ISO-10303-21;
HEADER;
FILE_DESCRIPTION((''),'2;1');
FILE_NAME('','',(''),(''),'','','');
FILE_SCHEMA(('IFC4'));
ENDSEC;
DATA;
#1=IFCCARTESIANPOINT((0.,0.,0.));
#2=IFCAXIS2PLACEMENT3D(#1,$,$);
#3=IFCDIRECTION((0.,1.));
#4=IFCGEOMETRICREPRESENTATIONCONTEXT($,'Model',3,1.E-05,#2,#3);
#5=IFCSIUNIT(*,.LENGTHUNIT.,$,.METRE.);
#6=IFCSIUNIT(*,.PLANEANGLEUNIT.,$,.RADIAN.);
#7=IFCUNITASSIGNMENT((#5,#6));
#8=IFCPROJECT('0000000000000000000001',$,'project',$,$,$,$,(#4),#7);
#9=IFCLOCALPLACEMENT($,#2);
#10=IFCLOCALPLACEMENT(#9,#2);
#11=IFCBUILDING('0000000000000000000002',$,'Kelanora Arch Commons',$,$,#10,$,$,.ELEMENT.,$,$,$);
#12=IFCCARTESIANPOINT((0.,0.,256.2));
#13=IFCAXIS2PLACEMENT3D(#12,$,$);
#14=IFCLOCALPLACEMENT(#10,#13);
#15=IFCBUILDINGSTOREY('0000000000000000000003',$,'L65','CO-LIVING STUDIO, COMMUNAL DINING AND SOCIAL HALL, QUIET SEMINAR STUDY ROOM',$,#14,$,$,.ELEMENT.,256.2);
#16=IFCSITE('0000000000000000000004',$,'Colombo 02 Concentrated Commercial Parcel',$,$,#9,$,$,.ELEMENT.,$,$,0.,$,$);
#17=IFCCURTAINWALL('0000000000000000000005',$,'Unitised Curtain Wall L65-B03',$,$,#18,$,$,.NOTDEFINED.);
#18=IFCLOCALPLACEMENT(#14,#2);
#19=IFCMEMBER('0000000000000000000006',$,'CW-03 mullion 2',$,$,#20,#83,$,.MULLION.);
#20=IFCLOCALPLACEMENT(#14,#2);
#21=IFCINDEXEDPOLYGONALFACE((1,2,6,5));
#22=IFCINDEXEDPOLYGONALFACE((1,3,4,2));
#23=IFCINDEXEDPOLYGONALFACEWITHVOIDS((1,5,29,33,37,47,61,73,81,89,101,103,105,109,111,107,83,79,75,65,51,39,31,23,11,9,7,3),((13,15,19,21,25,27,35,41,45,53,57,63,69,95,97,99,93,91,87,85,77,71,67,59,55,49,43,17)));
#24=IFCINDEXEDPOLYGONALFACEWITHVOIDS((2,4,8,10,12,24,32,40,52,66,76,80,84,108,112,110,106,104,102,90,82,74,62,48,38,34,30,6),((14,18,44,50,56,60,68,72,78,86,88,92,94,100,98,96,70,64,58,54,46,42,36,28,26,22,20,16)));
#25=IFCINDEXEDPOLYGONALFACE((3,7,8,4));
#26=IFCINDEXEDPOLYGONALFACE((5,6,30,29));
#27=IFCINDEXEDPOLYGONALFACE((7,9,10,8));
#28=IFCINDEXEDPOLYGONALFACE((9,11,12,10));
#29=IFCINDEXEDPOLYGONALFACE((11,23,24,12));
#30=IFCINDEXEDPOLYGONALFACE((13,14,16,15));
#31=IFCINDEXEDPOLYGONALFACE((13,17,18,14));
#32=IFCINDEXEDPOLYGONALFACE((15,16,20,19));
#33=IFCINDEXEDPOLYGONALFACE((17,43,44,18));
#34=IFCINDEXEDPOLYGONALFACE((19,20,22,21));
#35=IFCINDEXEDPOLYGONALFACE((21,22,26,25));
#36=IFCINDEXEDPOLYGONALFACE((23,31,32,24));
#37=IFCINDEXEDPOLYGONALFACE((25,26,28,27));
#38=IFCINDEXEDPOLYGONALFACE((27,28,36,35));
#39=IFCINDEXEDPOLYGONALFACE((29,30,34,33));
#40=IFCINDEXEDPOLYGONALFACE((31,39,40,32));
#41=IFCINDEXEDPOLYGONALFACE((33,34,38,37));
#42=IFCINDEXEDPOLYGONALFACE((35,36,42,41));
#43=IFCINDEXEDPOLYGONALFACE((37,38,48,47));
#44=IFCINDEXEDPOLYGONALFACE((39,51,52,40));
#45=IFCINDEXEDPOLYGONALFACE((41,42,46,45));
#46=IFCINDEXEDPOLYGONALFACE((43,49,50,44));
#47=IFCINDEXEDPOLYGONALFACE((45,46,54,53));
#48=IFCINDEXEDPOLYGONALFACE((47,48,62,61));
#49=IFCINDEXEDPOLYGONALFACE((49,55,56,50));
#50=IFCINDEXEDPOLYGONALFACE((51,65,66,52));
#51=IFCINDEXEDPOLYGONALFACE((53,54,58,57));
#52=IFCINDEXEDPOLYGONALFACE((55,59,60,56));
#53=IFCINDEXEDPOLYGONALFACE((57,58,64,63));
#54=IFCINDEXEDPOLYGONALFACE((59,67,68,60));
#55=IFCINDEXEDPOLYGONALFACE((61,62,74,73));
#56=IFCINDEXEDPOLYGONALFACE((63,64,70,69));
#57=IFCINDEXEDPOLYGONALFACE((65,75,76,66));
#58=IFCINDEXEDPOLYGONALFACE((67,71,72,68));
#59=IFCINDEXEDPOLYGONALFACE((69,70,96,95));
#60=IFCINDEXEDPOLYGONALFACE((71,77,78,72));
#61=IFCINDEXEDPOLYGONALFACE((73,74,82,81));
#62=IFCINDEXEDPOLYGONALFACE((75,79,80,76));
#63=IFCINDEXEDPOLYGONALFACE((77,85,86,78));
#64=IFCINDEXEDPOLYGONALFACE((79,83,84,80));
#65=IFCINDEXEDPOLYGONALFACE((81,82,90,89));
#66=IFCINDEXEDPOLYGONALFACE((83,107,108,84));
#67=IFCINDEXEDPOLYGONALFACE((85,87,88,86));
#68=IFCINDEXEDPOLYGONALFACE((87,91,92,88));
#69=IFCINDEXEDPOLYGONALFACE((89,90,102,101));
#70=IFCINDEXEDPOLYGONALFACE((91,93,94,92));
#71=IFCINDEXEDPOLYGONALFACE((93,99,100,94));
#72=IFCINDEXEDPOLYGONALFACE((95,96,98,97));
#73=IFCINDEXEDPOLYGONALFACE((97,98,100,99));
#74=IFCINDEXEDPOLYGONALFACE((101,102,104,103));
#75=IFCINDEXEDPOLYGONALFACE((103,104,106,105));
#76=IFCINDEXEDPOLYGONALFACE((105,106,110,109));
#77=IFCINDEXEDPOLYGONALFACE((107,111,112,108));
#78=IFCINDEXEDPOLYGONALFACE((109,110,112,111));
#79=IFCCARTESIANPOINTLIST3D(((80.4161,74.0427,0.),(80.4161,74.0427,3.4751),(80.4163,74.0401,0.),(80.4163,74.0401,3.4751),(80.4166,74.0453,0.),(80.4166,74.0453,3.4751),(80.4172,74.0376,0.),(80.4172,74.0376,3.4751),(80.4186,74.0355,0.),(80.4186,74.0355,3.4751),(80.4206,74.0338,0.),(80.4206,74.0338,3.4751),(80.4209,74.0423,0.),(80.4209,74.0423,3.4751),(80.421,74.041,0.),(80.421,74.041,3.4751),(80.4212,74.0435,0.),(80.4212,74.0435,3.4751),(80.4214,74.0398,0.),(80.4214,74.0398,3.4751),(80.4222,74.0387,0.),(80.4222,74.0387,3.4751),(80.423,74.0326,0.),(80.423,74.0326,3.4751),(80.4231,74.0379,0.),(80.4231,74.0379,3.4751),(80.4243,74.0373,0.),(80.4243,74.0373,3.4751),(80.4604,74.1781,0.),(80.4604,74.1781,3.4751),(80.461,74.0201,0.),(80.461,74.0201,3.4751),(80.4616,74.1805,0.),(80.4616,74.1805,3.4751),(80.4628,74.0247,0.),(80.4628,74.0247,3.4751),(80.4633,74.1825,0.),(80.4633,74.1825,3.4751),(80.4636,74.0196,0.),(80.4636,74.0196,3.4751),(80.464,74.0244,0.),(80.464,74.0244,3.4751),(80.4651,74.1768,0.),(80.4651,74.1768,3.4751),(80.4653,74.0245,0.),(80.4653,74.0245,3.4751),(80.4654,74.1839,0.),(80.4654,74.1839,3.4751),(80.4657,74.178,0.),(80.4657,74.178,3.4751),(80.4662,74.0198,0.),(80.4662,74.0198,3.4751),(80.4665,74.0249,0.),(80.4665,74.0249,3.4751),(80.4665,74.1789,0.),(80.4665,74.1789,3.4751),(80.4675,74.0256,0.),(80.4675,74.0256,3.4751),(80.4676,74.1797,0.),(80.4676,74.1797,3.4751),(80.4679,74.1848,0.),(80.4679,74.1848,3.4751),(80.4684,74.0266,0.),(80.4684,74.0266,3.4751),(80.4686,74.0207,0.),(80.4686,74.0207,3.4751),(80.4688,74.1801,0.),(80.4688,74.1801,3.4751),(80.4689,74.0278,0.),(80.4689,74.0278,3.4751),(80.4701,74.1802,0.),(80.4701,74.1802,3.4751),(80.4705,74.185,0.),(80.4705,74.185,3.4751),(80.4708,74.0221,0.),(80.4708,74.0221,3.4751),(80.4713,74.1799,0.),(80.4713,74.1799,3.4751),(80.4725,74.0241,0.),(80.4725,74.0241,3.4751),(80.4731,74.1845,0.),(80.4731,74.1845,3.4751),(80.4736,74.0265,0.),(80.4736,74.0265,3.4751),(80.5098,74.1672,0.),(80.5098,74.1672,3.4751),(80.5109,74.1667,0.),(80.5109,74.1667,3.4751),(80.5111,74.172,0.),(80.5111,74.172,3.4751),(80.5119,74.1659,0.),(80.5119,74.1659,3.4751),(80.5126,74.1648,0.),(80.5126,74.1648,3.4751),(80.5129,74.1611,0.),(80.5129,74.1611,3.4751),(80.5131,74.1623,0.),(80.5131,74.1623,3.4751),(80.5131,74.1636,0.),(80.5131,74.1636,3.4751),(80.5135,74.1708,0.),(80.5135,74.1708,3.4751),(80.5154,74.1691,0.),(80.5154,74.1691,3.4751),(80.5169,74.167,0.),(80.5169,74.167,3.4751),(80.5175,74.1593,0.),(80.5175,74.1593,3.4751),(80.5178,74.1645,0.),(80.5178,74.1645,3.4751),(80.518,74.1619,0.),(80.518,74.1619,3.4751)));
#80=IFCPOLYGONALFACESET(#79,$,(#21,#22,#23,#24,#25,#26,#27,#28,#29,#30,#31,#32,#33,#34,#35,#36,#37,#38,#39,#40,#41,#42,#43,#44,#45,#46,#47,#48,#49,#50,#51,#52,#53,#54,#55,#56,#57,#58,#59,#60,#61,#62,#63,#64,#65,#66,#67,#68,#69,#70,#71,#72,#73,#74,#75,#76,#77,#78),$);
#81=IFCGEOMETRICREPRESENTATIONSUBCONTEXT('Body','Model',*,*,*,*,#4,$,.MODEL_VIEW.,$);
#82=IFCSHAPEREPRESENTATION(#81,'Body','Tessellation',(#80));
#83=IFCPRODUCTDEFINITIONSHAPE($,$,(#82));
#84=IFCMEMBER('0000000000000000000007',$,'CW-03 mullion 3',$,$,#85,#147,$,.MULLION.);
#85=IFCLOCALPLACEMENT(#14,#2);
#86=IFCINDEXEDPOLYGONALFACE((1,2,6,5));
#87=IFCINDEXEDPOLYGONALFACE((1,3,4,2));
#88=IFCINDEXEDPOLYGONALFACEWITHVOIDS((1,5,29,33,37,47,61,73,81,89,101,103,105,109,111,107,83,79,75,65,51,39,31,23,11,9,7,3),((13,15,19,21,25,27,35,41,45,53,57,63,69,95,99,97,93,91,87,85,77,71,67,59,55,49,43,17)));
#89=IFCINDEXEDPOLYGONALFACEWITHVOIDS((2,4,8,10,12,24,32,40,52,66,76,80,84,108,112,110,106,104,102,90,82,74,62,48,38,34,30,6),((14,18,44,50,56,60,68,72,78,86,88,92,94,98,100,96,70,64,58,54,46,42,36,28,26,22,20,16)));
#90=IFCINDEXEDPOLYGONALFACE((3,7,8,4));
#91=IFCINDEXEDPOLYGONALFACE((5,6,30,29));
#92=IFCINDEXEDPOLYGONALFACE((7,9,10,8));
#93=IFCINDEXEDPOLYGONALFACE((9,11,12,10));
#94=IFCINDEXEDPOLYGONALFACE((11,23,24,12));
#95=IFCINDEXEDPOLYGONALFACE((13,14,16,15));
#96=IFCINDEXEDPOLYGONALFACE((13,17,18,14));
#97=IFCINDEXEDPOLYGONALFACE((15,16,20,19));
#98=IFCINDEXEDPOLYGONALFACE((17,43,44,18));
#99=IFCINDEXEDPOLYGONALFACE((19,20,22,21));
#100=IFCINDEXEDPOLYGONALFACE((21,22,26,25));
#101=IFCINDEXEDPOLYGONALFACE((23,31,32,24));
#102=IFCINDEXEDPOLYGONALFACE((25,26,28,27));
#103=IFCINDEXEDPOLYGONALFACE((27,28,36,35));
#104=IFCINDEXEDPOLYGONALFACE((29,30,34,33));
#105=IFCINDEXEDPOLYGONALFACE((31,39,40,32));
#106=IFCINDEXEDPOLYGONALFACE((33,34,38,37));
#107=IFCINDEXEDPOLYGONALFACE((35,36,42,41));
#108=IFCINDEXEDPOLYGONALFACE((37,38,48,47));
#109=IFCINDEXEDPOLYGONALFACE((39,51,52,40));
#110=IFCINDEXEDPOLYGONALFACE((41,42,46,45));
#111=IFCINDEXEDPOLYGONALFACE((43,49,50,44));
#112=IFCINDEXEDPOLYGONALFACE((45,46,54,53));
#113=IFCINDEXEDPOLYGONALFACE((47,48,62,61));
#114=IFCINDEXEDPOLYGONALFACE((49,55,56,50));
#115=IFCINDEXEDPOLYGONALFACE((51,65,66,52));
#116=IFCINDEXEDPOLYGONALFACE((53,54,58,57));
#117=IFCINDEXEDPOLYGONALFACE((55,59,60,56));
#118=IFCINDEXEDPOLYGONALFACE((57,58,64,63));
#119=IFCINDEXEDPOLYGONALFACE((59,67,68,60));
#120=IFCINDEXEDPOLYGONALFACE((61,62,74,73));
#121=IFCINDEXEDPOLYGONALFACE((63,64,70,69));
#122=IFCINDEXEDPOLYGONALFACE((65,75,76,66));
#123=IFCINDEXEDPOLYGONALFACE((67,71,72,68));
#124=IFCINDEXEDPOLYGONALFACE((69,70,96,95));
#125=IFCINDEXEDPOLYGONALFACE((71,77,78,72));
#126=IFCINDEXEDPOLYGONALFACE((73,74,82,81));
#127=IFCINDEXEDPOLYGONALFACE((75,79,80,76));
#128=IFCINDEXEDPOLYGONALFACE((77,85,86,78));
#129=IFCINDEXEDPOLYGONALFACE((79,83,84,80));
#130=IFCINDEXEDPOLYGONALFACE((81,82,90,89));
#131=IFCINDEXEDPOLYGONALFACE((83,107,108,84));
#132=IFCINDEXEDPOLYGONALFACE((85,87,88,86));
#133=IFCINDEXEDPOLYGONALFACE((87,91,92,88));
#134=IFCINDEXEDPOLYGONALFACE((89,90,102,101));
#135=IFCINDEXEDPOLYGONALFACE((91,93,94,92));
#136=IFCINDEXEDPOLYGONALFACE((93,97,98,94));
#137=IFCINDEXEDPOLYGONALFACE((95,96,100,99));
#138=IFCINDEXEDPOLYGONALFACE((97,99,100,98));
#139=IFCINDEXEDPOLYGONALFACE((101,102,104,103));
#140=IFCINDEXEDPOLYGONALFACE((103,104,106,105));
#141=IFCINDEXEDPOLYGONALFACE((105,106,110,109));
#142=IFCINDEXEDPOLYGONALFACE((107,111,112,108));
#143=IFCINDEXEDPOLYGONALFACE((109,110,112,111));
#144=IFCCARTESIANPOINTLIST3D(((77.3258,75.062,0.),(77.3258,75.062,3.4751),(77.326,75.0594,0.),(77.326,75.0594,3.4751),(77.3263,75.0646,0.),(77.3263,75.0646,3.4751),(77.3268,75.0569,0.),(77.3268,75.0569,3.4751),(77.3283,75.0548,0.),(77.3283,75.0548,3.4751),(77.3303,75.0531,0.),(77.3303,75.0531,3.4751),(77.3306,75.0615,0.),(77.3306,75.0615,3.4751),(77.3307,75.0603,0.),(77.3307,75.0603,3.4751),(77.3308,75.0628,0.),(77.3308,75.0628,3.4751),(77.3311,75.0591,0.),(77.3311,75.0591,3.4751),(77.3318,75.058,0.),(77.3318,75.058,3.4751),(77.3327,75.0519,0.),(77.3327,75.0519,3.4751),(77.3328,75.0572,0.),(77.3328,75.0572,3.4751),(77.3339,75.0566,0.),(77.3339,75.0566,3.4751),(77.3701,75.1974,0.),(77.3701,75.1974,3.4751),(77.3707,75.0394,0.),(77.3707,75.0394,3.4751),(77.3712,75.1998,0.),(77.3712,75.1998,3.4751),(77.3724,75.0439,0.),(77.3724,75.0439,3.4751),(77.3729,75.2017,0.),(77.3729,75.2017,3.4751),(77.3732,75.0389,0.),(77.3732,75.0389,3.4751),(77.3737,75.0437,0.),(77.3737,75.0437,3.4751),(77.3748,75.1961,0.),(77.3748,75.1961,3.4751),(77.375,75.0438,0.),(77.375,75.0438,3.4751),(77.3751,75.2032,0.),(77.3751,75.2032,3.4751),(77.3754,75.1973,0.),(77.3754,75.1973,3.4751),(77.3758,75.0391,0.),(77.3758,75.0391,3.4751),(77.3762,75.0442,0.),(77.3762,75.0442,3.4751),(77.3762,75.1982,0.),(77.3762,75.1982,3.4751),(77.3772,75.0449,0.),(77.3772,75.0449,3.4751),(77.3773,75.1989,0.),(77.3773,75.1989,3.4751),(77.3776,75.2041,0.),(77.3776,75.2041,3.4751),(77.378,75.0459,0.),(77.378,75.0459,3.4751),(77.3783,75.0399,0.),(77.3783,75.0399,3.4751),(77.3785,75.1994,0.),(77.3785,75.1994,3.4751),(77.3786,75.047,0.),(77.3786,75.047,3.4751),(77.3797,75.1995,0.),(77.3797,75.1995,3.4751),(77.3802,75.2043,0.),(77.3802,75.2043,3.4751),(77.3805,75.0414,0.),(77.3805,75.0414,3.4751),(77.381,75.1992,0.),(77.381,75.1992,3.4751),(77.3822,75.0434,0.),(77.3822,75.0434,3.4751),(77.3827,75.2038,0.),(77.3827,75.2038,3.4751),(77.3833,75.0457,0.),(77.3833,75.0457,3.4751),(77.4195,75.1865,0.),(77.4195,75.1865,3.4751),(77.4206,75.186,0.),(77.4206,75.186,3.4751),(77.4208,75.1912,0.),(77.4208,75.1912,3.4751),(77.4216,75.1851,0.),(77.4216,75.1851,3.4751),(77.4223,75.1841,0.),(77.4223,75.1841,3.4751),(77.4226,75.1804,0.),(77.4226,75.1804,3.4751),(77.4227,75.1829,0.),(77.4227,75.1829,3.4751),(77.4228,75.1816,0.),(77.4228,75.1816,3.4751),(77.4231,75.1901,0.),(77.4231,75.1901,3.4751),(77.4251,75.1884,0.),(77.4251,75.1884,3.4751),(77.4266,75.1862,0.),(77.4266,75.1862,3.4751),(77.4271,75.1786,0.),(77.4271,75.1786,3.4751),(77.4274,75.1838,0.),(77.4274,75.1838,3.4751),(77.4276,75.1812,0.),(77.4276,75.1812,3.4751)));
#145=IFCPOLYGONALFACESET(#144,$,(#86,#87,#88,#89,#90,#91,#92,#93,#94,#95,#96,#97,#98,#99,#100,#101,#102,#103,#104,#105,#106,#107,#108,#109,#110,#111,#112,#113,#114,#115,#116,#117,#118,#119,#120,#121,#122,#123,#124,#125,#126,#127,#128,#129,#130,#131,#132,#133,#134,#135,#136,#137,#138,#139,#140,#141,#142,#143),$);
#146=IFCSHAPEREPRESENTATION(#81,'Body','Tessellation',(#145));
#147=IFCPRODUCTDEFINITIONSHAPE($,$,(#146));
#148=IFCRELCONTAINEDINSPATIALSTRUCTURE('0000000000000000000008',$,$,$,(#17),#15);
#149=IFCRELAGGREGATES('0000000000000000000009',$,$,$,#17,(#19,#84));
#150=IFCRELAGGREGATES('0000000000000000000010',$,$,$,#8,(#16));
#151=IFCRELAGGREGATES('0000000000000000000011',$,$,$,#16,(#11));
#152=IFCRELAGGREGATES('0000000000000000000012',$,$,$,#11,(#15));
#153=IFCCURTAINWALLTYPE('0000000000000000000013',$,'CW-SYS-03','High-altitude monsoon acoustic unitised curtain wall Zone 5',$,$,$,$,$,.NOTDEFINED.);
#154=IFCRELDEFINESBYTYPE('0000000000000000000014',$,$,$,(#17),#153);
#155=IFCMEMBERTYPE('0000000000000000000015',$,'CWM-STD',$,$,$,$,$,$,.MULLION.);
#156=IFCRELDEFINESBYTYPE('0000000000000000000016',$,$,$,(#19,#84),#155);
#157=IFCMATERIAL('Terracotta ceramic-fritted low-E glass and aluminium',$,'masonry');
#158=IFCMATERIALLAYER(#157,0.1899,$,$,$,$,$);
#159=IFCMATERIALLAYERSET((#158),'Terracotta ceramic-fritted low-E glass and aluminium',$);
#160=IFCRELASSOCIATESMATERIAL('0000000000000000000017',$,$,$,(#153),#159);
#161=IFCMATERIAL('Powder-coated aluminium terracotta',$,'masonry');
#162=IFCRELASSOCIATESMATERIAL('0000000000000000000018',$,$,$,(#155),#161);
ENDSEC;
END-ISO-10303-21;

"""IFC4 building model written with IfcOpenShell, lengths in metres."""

from ifc_helpers import new_model, si_unit, direction, frame, origin, origin_2d, place, context, subcontext, project, spatial, hollow_rectangle, extrude, material, layer, layer_set, material_profile, profile_set, type_object, element, aggregate, save


model = new_model("IFC4")

# Units and contexts
model_context = context("Model", 3, precision=1e-05, world=origin(), true_north=direction((0.0, 1.0)))
body_context = subcontext(model_context, "Body", "Model", "MODEL_VIEW")
ifc_project = project(units=[si_unit("LENGTHUNIT", "METRE"), si_unit("PLANEANGLEUNIT", "RADIAN")], contexts=[model_context])

# Site, building, storey
site_placement = place(None, origin())
site = spatial("IfcSite", under=ifc_project, at=site_placement, Name="Colombo 02 Concentrated Commercial Parcel", CompositionType="ELEMENT", RefElevation=0.0)
building_placement = place(site_placement, origin())
building = spatial("IfcBuilding", under=site, at=building_placement, Name="Kelanora Arch Commons", CompositionType="ELEMENT")
storey_placement = place(building_placement, frame((0.0, 0.0, 256.2)))
storey = spatial("IfcBuildingStorey", under=building, at=storey_placement, Name="L65", Description="CO-LIVING STUDIO, COMMUNAL DINING AND SOCIAL HALL, QUIET SEMINAR STUDY ROOM", CompositionType="ELEMENT", Elevation=256.2)

# Curtain wall, members
ifc_material_1 = material(Name="Terracotta ceramic-fritted low-E glass and aluminium", Category="masonry")
ifc_layer_1 = layer(ifc_material_1, 0.1899)
ifc_layer_set_1 = layer_set([ifc_layer_1], Name="Terracotta ceramic-fritted low-E glass and aluminium")
curtain_wall_type = type_object("IfcCurtainWallType", Name="CW-SYS-03", Description="High-altitude monsoon acoustic unitised curtain wall Zone 5", PredefinedType="NOTDEFINED", material=ifc_layer_set_1)
curtain_wall_placement = place(storey_placement, origin())
curtain_wall = element("IfcCurtainWall", 1, at=curtain_wall_placement, inside=storey, type_object=curtain_wall_type, Name="Unitised Curtain Wall L65-B03", PredefinedType="NOTDEFINED")
ifc_material_2 = material(Name="Powder-coated aluminium terracotta", Category="masonry")
ifc_material_profile_1 = material_profile(ifc_material_2, hollow_rectangle(XDim=0.1599, YDim=0.0601, WallThickness=0.0049, InnerFilletRadius=0.0049, OuterFilletRadius=0.01, at=origin_2d()), Name="CWM160x60")
ifc_profile_set_1 = profile_set([ifc_material_profile_1], Name="Powder-coated aluminium terracotta")
member_type_1 = type_object("IfcMemberType", Name="CWM-STD", PredefinedType="MULLION", material=ifc_profile_set_1)
member_1_placement = place(storey_placement, frame((80.467, 74.1023, 0.0), z_axis=(0.0, 0.0, 1.0), x_axis=(-0.313253, -0.94967, 0.0)))
member_1 = element("IfcMember", 2, at=member_1_placement, type_object=member_type_1, Name="CW-03 mullion 2", PredefinedType="MULLION", context=body_context, shape_type="SweptSolid", body=[
    extrude(hollow_rectangle(XDim=0.1599, YDim=0.0601, WallThickness=0.0049, InnerFilletRadius=0.0049, OuterFilletRadius=0.01, at=origin_2d()), origin(), (0.0, 0.0, 1.0), 3.4751),
])
member_2_placement = place(storey_placement, frame((77.3767, 75.1216, 0.0), z_axis=(0.0, 0.0, 1.0), x_axis=(-0.313253, -0.94967, 0.0)))
member_2 = element("IfcMember", 3, at=member_2_placement, type_object=member_type_1, Name="CW-03 mullion 3", PredefinedType="MULLION", context=body_context, shape_type="SweptSolid", body=[
    extrude(hollow_rectangle(XDim=0.1599, YDim=0.0601, WallThickness=0.0049, InnerFilletRadius=0.0049, OuterFilletRadius=0.01, at=origin_2d()), origin(), (0.0, 0.0, 1.0), 3.4751),
])
aggregate(curtain_wall, [member_1, member_2])

save(model, "model.ifc")
